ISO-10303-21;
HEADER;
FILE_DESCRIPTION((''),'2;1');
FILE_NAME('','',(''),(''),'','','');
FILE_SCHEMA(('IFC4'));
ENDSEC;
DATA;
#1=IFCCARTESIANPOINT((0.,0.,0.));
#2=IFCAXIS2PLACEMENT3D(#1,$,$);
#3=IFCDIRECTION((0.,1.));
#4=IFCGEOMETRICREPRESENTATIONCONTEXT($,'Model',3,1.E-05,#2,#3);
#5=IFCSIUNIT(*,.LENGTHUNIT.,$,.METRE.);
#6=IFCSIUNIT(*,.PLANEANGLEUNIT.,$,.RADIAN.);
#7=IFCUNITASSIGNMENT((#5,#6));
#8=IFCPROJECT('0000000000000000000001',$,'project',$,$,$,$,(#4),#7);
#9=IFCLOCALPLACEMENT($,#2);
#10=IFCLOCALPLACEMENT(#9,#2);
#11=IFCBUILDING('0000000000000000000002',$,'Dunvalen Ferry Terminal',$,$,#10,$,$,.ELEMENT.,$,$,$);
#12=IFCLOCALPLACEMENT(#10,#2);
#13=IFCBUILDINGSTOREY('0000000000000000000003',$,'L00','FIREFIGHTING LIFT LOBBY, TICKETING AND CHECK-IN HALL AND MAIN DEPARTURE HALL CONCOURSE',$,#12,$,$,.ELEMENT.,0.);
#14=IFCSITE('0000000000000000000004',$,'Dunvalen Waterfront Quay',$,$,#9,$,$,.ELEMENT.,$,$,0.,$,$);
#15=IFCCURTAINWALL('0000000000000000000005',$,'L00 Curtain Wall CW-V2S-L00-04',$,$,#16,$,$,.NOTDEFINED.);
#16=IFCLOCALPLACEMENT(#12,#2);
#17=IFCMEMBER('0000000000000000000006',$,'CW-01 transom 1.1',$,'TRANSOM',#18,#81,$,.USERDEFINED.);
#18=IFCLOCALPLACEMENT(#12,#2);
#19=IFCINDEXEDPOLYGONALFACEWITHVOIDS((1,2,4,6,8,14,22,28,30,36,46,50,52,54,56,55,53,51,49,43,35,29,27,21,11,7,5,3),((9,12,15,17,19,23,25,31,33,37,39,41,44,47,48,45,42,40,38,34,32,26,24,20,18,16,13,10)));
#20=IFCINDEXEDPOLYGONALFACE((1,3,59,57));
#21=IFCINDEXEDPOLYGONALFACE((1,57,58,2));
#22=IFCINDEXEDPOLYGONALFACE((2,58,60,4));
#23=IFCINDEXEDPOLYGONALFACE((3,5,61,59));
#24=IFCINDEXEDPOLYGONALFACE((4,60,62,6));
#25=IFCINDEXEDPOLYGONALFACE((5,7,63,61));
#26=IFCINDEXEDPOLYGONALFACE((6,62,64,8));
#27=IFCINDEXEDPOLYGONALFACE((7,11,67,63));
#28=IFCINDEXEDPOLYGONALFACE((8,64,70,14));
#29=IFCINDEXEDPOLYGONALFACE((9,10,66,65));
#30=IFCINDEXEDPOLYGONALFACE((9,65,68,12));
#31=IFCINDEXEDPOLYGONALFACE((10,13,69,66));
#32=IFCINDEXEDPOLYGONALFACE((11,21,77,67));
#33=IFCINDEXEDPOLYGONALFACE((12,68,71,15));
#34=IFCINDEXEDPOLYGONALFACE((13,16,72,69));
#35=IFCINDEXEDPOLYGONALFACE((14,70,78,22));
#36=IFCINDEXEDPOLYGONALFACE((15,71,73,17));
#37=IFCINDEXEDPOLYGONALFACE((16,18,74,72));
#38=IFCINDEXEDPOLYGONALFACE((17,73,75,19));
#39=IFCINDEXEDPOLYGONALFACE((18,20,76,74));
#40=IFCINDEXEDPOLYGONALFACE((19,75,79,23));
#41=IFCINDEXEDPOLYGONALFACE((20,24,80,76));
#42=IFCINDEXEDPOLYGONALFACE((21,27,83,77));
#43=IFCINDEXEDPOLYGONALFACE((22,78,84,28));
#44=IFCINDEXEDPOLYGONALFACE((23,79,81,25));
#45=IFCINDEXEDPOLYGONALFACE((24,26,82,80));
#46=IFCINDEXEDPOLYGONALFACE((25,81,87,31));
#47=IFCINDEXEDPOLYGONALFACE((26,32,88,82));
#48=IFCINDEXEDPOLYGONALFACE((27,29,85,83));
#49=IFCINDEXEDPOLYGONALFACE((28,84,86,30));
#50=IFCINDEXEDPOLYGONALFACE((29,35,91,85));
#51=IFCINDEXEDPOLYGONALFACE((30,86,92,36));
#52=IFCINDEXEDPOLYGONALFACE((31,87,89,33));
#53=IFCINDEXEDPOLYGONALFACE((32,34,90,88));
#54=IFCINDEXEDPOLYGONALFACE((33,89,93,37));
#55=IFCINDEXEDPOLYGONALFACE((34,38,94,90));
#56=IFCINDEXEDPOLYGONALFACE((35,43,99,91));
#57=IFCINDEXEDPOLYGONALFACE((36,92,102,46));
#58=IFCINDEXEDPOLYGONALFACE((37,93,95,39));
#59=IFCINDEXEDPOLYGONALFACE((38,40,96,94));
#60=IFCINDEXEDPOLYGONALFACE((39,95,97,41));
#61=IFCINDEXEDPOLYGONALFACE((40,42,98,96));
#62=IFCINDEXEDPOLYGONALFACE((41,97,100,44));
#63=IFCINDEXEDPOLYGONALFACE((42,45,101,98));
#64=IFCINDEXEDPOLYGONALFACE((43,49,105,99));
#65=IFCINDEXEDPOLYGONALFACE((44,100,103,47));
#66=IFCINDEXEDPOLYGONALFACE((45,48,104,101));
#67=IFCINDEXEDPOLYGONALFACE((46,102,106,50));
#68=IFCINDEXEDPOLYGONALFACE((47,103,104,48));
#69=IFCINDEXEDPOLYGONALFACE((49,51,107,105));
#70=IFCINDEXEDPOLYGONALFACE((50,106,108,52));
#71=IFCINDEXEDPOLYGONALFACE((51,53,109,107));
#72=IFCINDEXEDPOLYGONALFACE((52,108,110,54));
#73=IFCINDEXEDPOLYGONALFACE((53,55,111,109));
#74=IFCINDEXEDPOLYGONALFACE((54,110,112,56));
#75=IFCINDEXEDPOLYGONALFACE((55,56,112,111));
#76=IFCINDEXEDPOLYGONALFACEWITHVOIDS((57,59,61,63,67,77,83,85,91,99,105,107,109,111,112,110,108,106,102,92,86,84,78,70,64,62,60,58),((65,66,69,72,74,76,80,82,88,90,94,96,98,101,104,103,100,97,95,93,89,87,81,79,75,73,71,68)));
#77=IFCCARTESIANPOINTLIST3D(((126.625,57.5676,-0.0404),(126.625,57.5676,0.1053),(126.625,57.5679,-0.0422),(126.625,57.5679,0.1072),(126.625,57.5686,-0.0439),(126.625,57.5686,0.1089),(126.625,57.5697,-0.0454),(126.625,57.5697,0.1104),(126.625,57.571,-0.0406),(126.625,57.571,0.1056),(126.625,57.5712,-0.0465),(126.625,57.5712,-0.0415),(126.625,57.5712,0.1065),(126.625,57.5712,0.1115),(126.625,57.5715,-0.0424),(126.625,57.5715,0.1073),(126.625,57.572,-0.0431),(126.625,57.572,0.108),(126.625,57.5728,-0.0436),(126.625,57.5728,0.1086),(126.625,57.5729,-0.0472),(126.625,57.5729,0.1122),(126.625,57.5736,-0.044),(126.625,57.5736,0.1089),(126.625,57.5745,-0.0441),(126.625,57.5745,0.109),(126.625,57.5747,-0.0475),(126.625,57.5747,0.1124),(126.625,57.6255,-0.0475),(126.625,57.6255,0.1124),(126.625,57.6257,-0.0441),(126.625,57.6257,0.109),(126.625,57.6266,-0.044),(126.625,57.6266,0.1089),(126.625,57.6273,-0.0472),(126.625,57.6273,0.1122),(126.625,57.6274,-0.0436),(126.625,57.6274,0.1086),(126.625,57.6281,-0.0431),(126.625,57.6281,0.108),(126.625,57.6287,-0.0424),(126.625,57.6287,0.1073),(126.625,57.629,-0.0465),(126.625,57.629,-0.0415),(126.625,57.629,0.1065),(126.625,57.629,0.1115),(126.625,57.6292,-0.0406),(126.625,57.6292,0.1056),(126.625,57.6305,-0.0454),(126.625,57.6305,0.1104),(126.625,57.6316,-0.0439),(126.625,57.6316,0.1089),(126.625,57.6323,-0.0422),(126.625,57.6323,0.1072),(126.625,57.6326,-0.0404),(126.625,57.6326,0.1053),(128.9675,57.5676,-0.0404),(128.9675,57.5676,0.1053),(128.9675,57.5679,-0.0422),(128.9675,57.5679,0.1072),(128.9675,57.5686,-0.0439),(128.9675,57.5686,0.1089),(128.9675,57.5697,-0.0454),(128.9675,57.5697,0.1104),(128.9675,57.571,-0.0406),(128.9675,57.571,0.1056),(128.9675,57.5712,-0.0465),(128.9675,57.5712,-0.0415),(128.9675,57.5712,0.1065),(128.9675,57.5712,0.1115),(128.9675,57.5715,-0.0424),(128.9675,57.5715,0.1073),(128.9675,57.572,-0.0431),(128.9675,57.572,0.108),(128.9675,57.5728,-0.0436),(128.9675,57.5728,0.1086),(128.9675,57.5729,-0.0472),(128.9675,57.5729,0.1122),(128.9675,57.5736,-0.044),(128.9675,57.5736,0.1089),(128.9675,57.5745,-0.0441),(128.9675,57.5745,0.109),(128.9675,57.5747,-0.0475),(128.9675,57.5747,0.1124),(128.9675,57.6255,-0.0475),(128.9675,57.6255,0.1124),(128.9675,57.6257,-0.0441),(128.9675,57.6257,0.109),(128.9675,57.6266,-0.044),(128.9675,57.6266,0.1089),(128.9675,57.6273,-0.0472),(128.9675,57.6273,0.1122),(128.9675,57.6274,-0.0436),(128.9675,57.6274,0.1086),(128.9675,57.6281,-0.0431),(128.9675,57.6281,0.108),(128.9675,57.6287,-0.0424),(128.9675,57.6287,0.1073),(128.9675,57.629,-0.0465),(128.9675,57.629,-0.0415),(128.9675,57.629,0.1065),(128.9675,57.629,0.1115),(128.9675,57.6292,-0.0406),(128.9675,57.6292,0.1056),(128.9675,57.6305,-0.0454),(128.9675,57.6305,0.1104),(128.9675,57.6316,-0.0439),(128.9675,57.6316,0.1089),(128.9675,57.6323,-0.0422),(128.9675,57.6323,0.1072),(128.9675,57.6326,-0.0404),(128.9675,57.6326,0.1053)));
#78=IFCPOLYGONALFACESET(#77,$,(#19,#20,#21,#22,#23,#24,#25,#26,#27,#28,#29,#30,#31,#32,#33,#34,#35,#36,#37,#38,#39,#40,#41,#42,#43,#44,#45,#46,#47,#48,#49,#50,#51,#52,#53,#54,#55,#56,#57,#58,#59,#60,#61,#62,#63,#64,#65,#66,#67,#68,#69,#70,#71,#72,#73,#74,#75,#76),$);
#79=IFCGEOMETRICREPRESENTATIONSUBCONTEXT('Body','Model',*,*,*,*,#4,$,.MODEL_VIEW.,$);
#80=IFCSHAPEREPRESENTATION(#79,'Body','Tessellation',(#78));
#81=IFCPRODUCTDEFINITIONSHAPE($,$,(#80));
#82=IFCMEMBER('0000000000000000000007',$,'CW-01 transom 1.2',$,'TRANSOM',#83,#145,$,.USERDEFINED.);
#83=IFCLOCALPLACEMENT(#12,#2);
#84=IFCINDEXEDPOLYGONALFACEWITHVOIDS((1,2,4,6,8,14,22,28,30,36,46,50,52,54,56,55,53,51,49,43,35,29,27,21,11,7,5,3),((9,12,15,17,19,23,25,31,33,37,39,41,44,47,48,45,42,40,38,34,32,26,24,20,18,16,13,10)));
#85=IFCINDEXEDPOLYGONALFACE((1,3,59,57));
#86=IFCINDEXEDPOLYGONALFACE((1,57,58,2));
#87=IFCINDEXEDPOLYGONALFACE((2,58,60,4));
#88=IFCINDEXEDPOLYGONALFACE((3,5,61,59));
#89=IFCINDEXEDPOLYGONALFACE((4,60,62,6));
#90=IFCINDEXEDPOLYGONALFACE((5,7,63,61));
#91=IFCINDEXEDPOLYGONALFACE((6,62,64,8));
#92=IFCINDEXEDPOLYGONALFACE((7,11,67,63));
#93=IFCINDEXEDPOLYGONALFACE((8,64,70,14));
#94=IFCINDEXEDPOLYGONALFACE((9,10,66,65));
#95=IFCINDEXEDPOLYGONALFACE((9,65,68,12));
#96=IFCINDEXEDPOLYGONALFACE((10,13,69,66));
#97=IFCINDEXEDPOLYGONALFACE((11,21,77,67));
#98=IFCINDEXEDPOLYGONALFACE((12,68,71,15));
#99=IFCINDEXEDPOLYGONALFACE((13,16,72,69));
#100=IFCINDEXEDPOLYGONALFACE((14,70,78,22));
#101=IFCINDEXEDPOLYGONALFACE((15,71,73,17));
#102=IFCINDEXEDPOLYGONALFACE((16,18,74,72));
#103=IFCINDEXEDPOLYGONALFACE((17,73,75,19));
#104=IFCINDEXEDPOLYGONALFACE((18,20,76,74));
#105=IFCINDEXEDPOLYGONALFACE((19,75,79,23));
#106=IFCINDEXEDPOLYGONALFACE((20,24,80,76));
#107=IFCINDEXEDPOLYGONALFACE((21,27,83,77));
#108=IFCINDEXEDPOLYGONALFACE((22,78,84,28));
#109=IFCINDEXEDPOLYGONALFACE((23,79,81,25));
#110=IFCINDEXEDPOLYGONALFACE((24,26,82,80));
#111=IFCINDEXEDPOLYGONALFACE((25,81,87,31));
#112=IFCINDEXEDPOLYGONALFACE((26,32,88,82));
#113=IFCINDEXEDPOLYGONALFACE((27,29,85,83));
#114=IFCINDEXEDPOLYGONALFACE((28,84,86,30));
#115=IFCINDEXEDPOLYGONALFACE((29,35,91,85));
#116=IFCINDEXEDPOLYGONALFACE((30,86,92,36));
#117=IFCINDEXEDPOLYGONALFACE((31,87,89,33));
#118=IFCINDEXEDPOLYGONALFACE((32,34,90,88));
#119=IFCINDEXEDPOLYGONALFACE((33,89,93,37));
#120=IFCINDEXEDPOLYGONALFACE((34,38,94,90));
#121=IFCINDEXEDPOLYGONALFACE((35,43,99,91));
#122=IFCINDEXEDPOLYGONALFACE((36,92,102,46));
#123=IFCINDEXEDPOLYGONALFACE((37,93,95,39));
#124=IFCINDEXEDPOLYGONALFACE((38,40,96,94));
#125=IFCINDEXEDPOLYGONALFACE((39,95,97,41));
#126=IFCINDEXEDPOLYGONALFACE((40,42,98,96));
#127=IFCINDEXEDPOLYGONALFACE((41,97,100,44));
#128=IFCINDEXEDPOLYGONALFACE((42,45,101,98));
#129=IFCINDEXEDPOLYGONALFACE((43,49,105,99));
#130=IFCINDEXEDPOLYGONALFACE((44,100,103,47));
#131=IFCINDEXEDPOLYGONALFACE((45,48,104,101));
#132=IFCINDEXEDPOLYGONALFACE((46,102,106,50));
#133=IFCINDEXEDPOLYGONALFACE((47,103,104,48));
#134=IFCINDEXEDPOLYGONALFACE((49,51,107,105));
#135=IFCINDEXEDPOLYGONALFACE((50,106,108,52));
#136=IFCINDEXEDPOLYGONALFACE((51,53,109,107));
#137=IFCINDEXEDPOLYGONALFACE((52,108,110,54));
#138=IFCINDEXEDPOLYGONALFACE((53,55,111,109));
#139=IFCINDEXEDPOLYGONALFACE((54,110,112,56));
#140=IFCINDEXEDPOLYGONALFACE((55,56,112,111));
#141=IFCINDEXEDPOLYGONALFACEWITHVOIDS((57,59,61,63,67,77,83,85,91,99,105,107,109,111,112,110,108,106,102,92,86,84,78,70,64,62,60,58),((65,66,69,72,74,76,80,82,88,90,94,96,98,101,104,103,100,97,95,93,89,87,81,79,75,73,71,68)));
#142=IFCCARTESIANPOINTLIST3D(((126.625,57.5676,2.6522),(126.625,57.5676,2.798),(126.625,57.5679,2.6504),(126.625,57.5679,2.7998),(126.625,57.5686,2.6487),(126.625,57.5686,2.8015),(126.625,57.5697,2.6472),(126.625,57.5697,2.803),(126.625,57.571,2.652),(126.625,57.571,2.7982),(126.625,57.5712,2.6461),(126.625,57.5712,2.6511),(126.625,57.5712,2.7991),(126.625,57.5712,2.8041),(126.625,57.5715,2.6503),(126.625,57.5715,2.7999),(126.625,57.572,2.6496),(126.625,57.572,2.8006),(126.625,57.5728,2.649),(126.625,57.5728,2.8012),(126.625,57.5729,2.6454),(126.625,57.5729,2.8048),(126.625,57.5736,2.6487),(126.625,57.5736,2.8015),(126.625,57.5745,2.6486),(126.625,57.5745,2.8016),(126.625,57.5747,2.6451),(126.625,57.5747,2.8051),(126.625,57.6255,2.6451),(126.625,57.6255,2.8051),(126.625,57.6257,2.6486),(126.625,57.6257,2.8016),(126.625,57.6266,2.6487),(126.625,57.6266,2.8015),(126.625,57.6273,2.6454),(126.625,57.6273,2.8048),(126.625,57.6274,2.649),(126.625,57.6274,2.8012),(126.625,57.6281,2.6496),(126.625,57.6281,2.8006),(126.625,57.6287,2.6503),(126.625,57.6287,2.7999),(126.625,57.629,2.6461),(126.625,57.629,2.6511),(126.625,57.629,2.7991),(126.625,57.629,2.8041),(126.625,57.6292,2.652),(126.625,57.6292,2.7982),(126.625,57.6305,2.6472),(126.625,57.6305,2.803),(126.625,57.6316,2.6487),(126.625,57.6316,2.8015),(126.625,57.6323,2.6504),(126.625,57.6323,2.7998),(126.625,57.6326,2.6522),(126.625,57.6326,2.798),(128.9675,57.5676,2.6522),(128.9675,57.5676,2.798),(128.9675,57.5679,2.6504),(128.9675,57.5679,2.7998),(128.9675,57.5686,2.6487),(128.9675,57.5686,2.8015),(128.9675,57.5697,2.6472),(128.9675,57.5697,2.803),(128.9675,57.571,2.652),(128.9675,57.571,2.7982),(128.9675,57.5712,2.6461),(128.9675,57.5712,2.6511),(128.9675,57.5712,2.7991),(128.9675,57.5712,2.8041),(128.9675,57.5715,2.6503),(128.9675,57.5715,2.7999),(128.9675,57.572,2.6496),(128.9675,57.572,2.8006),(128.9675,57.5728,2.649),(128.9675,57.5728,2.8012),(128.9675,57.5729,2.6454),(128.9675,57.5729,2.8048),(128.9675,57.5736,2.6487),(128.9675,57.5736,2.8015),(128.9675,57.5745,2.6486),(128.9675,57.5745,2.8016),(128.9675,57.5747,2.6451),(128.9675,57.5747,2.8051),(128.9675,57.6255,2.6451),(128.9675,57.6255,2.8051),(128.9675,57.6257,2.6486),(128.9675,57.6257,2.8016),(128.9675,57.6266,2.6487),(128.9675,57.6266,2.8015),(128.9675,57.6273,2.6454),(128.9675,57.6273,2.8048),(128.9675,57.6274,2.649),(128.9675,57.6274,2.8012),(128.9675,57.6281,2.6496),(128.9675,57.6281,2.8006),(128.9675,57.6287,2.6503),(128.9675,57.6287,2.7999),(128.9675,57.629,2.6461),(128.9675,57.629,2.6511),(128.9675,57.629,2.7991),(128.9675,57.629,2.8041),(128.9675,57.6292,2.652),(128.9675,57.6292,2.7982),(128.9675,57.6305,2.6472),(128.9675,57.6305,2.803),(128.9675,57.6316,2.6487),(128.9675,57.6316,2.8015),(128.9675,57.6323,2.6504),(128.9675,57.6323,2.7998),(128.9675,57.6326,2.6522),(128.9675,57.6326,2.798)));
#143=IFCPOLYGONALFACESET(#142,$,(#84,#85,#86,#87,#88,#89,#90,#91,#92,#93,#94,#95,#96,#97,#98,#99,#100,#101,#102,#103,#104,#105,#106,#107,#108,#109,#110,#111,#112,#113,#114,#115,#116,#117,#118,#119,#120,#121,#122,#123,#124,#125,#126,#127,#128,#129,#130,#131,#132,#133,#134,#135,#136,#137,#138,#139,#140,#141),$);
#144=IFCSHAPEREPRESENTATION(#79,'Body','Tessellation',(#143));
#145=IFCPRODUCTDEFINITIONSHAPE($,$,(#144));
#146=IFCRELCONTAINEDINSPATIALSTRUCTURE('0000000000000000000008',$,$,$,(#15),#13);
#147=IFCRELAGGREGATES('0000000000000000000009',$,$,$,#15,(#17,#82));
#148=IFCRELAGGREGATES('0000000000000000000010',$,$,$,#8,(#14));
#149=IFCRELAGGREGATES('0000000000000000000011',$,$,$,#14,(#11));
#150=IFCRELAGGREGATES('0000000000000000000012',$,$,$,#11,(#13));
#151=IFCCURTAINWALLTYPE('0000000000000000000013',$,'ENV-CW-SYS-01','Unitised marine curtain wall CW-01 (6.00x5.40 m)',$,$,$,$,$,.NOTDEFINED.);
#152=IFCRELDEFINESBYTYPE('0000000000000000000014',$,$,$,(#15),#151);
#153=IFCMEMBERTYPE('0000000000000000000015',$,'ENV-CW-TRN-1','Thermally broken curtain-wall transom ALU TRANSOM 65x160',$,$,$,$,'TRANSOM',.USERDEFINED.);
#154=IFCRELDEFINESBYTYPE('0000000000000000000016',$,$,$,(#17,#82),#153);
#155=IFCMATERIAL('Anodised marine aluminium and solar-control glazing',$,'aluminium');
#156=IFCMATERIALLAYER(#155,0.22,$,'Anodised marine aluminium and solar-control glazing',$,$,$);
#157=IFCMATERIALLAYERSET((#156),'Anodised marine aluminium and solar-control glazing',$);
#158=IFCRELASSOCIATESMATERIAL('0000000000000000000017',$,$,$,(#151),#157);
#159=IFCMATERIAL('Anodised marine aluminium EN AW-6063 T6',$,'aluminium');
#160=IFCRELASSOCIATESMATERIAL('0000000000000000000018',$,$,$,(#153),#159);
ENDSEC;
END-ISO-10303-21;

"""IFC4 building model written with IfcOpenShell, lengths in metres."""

from ifc_helpers import new_model, si_unit, direction, frame, origin, origin_2d, place, context, subcontext, project, spatial, hollow_rectangle, extrude, material, layer, layer_set, material_profile, profile_set, type_object, element, aggregate, save


model = new_model("IFC4")

# Units and contexts
model_context = context("Model", 3, precision=1e-05, world=origin(), true_north=direction((0.0, 1.0)))
body_context = subcontext(model_context, "Body", "Model", "MODEL_VIEW")
ifc_project = project(units=[si_unit("LENGTHUNIT", "METRE"), si_unit("PLANEANGLEUNIT", "RADIAN")], contexts=[model_context])

# Site, building, storey
site_placement = place(None, origin())
site = spatial("IfcSite", under=ifc_project, at=site_placement, Name="Dunvalen Waterfront Quay", CompositionType="ELEMENT", RefElevation=0.0)
building_placement = place(site_placement, origin())
building = spatial("IfcBuilding", under=site, at=building_placement, Name="Dunvalen Ferry Terminal", CompositionType="ELEMENT")
storey_placement = place(building_placement, origin())
storey = spatial("IfcBuildingStorey", under=building, at=storey_placement, Name="L00", Description="FIREFIGHTING LIFT LOBBY, TICKETING AND CHECK-IN HALL AND MAIN DEPARTURE HALL CONCOURSE", CompositionType="ELEMENT", Elevation=0.0)

# Curtain wall
ifc_material_1 = material(Name="Anodised marine aluminium and solar-control glazing", Category="aluminium")
ifc_layer_1 = layer(ifc_material_1, 0.22, Name="Anodised marine aluminium and solar-control glazing")
ifc_layer_set_1 = layer_set([ifc_layer_1], Name="Anodised marine aluminium and solar-control glazing")
curtain_wall_type = type_object("IfcCurtainWallType", Name="ENV-CW-SYS-01", Description="Unitised marine curtain wall CW-01 (6.00x5.40 m)", PredefinedType="NOTDEFINED", material=ifc_layer_set_1)
ifc_material_2 = material(Name="Anodised marine aluminium EN AW-6063 T6", Category="aluminium")
curtain_wall_1_placement = place(storey_placement, origin())
curtain_wall_1 = element("IfcCurtainWall", 1, at=curtain_wall_1_placement, inside=storey, type_object=curtain_wall_type, Name="L00 Curtain Wall CW-V2S-L00-04", PredefinedType="NOTDEFINED")

# Members
ifc_material_profile_1 = material_profile(ifc_material_2, hollow_rectangle(XDim=0.0649, YDim=0.1599, WallThickness=0.0034, InnerFilletRadius=0.0034, OuterFilletRadius=0.0071, at=origin_2d()), Name="Anodised marine aluminium EN AW-6063 T6")
ifc_profile_set_1 = profile_set([ifc_material_profile_1], Name="Anodised marine aluminium EN AW-6063 T6")
member_type_1 = type_object("IfcMemberType", Name="ENV-CW-TRN-1", Description="Thermally broken curtain-wall transom ALU TRANSOM 65x160", ElementType="TRANSOM", PredefinedType="USERDEFINED", material=ifc_profile_set_1)
member_1_placement = place(storey_placement, frame((126.625, 57.6001, 0.0325), z_axis=(1.0, 0.0, 0.0), x_axis=(0.0, 1.0, 0.0)))
member_1 = element("IfcMember", 2, at=member_1_placement, type_object=member_type_1, Name="CW-01 transom 1.1", ObjectType="TRANSOM", PredefinedType="USERDEFINED", context=body_context, shape_type="SweptSolid", body=[
    extrude(hollow_rectangle(XDim=0.0649, YDim=0.1599, WallThickness=0.0034, InnerFilletRadius=0.0034, OuterFilletRadius=0.0071, at=origin_2d()), origin(), (0.0, 0.0, 1.0), 2.3425),
])
member_2_placement = place(storey_placement, frame((126.625, 57.6001, 2.7251), z_axis=(1.0, 0.0, 0.0), x_axis=(0.0, 1.0, 0.0)))
member_2 = element("IfcMember", 3, at=member_2_placement, type_object=member_type_1, Name="CW-01 transom 1.2", ObjectType="TRANSOM", PredefinedType="USERDEFINED", context=body_context, shape_type="SweptSolid", body=[
    extrude(hollow_rectangle(XDim=0.0649, YDim=0.1599, WallThickness=0.0034, InnerFilletRadius=0.0034, OuterFilletRadius=0.0071, at=origin_2d()), origin(), (0.0, 0.0, 1.0), 2.3425),
])

aggregate(curtain_wall_1, [member_1, member_2])

save(model, "model.ifc")
